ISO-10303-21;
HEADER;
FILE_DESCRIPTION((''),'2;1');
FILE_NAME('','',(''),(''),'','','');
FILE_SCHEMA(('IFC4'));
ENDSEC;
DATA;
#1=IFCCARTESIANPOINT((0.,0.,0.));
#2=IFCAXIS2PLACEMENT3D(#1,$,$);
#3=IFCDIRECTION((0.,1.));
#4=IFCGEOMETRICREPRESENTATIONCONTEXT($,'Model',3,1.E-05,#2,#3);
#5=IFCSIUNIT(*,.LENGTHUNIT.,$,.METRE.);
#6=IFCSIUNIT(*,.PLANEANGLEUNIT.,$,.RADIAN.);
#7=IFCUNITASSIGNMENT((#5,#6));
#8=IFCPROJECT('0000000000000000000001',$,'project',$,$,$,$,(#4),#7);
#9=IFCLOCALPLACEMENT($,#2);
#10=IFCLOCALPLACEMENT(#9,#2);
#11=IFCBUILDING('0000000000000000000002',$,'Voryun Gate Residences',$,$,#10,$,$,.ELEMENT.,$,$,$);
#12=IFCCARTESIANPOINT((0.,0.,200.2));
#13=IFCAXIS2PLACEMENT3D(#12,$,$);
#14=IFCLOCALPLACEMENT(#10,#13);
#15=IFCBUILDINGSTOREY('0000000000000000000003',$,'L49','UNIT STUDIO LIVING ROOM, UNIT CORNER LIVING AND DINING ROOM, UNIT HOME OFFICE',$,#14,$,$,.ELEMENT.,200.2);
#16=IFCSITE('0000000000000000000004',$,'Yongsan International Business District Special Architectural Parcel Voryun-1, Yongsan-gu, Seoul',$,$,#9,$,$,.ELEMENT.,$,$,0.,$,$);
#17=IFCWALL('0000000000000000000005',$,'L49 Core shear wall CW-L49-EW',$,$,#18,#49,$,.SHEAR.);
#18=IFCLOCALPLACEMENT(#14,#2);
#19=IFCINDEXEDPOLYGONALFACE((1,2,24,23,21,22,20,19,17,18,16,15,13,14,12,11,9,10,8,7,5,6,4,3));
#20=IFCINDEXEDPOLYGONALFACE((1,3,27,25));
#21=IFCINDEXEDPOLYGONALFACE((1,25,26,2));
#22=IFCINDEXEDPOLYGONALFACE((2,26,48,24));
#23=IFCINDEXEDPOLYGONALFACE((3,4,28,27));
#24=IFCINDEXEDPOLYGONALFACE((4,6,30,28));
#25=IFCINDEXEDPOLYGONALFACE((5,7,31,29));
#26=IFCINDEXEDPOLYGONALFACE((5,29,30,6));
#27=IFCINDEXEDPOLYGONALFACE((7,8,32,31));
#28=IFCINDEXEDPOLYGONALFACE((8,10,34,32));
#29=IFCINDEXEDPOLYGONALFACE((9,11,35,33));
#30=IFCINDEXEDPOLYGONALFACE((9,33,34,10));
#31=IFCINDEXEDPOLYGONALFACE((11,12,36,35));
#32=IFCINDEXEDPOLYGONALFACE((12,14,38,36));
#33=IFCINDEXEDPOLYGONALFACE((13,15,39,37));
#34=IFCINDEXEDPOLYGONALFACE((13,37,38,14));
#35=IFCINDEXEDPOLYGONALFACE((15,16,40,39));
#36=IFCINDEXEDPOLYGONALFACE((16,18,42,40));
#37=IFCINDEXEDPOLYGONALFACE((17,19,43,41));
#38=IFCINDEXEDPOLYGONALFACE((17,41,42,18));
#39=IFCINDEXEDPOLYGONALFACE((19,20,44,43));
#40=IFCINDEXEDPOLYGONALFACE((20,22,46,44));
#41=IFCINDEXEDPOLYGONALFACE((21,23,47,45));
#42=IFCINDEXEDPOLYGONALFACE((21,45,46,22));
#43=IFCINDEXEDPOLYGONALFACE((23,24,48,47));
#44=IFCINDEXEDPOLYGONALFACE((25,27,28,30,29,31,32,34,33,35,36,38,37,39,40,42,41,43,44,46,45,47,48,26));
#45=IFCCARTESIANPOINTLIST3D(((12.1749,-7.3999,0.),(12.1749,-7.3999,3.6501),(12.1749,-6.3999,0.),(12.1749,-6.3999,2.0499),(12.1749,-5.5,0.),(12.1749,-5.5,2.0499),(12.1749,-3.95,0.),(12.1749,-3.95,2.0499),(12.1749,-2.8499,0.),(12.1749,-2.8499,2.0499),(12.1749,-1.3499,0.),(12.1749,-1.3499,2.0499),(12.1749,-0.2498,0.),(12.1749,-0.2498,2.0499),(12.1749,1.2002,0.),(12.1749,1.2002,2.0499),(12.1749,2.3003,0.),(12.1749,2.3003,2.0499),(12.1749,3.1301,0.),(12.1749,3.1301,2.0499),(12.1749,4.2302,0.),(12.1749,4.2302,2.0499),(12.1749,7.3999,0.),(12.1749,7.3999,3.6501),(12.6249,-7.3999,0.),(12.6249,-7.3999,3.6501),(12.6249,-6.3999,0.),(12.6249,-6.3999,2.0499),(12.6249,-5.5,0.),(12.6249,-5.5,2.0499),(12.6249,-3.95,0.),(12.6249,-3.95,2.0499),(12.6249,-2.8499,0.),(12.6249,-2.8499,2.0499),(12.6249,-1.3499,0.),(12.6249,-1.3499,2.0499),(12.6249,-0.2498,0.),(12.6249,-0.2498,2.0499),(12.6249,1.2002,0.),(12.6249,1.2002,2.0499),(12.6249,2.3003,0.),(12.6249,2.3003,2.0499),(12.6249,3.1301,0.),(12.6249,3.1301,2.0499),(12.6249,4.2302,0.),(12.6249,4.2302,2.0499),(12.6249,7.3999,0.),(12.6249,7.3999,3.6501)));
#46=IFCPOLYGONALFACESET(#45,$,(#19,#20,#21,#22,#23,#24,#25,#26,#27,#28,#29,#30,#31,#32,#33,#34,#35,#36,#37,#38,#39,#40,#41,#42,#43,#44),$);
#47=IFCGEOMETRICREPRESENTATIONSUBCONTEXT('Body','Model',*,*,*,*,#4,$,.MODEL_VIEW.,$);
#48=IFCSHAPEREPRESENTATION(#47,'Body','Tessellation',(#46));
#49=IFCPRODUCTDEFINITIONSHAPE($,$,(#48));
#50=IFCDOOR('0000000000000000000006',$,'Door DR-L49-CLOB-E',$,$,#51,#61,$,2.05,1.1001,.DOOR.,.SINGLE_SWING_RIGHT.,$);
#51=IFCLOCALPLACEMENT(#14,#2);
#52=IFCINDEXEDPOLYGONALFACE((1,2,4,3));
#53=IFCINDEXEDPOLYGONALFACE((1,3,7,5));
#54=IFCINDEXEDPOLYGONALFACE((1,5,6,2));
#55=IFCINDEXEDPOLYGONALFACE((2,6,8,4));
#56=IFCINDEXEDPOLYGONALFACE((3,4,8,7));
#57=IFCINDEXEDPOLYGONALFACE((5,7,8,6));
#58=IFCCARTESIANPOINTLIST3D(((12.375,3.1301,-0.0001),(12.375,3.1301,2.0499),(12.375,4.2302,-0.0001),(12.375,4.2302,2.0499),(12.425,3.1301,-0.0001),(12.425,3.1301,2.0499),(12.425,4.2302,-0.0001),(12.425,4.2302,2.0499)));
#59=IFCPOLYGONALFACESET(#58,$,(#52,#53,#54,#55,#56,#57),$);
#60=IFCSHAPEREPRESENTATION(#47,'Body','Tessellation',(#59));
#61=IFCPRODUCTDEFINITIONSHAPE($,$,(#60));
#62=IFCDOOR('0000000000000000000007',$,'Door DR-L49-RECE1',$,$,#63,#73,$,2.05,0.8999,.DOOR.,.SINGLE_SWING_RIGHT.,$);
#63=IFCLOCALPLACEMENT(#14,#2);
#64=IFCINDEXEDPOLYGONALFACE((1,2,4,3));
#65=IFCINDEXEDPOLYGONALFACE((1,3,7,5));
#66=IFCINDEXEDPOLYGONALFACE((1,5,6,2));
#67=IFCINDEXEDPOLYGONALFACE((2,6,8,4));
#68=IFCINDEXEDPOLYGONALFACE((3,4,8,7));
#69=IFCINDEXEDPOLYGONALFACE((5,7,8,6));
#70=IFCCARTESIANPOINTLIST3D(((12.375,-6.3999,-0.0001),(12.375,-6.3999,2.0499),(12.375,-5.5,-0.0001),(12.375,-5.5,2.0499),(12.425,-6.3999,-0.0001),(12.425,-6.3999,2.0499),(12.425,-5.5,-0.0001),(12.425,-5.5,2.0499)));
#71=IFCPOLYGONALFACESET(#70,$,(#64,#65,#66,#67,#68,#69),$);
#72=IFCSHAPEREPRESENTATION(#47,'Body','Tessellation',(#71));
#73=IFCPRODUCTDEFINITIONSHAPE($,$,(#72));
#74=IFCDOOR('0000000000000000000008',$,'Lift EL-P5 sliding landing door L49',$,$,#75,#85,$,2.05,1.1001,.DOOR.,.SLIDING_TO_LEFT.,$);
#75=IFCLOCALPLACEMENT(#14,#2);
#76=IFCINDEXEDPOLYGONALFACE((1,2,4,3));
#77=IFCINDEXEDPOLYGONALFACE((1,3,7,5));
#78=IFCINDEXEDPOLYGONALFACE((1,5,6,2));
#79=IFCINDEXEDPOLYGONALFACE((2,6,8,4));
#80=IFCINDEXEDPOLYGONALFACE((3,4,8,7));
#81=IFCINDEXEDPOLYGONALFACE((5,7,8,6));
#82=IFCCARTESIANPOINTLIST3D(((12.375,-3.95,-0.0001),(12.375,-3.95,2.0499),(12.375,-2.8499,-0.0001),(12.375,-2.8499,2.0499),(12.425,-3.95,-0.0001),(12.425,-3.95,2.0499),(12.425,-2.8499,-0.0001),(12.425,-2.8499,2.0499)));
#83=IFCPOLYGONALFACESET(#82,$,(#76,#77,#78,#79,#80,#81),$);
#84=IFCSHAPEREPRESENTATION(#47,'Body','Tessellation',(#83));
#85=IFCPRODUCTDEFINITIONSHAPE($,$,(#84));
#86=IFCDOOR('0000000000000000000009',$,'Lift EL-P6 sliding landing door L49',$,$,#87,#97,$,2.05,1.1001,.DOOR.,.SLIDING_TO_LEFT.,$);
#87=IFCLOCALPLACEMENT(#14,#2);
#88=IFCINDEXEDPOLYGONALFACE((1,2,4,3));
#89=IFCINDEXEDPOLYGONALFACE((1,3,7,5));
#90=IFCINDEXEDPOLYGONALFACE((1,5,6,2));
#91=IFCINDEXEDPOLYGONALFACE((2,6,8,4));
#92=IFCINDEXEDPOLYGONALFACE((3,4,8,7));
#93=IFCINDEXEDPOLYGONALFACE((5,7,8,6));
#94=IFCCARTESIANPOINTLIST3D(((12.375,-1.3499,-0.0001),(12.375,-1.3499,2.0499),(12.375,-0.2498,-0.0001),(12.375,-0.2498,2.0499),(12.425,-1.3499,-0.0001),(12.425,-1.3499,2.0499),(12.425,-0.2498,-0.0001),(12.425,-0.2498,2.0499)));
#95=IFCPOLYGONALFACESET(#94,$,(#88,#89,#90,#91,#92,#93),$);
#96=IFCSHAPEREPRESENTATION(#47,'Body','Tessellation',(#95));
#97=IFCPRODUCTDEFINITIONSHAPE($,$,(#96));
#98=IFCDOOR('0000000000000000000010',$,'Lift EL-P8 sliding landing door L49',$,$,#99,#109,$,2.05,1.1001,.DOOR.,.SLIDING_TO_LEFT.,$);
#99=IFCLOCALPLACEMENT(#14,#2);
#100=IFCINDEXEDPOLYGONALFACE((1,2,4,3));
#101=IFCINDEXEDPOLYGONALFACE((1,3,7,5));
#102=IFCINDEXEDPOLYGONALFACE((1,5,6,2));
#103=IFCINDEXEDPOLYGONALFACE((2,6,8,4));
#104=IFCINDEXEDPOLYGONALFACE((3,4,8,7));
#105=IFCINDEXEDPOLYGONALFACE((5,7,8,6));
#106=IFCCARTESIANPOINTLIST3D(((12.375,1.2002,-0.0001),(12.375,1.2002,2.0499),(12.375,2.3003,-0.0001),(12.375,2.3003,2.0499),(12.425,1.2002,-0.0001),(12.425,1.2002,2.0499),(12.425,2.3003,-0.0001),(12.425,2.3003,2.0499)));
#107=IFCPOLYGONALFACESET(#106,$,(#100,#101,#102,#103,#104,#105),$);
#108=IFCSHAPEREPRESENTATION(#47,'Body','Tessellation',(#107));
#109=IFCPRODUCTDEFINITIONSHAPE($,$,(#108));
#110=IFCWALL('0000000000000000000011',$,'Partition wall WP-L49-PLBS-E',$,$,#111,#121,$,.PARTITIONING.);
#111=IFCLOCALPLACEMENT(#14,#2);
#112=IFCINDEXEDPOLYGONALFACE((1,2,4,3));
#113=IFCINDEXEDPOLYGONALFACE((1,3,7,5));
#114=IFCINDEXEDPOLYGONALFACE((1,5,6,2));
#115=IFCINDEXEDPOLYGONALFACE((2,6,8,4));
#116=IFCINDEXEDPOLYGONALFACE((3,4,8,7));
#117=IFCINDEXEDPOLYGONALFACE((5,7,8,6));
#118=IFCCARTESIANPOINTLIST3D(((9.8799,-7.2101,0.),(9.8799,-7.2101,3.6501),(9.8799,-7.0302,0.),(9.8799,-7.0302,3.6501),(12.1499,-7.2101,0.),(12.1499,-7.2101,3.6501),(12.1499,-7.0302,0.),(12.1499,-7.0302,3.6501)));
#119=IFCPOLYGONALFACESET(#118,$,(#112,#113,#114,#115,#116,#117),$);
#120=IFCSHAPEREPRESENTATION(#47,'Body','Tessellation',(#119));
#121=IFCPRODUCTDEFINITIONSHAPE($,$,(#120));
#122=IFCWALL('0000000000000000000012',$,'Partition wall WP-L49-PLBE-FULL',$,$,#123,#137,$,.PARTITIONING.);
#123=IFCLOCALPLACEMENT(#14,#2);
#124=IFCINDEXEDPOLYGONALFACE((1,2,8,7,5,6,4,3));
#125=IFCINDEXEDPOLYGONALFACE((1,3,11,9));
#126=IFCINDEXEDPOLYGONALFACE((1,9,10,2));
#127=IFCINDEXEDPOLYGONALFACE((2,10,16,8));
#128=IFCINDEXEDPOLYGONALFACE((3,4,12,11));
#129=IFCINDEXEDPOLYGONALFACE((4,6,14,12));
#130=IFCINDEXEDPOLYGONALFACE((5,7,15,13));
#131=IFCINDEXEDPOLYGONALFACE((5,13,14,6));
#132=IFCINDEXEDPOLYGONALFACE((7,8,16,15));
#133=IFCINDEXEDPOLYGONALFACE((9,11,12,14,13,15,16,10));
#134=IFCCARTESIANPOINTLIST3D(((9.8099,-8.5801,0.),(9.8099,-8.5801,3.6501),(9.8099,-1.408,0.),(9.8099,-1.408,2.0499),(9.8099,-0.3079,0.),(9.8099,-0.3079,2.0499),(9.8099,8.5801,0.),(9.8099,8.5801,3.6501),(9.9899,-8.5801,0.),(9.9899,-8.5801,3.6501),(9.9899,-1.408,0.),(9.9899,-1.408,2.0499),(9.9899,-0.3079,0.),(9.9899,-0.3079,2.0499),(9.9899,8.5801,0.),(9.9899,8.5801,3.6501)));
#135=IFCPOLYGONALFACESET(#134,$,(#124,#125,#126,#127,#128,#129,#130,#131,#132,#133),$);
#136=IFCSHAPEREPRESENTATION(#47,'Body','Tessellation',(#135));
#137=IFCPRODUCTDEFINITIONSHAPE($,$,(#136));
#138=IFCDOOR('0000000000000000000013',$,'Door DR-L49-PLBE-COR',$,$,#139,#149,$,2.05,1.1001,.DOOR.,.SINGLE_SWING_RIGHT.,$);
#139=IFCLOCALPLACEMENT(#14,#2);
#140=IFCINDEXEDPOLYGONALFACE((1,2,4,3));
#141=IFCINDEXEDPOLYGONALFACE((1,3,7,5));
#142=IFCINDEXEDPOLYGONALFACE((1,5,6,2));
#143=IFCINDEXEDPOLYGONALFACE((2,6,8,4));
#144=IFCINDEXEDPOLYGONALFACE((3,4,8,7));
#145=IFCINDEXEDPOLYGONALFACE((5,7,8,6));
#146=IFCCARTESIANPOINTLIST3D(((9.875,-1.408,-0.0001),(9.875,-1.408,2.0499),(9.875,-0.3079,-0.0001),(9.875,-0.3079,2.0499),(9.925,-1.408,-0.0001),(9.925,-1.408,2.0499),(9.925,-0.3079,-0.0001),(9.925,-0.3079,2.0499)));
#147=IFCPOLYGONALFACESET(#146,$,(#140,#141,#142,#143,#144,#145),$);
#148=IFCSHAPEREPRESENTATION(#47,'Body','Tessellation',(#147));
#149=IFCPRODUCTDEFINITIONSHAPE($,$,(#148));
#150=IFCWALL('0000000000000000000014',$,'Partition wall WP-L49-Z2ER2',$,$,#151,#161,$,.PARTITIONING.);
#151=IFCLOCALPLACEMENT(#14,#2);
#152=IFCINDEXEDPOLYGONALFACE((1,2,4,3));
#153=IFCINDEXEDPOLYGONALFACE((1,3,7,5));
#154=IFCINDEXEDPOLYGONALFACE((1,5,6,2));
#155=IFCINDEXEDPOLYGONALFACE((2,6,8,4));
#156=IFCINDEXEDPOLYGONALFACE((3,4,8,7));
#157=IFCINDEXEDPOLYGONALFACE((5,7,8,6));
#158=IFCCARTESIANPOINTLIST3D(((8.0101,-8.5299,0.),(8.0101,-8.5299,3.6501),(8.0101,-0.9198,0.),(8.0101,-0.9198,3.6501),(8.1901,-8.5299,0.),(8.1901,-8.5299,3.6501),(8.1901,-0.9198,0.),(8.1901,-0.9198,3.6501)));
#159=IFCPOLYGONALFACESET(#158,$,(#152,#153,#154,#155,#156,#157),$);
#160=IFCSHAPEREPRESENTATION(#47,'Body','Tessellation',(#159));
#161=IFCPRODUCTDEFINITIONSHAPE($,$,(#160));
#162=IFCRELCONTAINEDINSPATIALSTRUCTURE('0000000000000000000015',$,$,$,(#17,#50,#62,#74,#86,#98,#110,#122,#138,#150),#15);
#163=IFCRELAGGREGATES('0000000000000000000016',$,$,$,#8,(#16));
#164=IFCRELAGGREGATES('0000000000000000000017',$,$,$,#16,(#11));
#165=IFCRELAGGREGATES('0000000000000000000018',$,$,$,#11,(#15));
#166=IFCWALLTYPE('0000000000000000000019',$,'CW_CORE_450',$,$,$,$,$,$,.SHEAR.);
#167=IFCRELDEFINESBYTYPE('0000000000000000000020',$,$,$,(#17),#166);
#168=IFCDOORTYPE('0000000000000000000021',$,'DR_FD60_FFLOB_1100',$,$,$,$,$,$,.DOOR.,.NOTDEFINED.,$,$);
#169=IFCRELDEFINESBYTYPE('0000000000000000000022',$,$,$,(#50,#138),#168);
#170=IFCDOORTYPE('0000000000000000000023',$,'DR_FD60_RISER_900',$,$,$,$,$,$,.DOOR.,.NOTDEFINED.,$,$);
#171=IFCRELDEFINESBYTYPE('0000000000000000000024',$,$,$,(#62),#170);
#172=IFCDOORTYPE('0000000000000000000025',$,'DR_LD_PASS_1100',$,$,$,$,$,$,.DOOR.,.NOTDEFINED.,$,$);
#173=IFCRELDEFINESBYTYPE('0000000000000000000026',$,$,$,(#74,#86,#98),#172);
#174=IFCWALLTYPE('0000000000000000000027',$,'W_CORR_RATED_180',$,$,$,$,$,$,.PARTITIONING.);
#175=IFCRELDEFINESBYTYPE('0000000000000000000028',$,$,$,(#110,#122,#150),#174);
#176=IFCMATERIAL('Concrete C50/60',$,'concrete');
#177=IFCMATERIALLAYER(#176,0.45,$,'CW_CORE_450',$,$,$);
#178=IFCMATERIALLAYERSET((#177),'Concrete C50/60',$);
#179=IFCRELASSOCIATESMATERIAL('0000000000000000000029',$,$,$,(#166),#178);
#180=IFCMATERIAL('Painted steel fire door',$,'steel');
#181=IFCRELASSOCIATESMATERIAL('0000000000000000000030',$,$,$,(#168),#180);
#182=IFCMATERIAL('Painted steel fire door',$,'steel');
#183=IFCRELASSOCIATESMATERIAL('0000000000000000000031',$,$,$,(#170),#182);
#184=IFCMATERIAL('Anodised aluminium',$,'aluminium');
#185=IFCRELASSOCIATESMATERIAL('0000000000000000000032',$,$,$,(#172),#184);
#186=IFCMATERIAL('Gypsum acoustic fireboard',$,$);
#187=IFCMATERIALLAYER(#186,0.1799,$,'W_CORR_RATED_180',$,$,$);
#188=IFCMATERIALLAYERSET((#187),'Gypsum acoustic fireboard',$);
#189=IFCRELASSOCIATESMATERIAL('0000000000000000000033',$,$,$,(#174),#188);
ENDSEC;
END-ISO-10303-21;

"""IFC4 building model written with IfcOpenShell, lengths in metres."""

from ifc_helpers import new_model, si_unit, direction, frame, frame_2d, origin, place, context, subcontext, project, spatial, rectangle, extrude, material, layer, layer_set, type_object, element, fill, save


model = new_model("IFC4")

# Units and contexts
model_context = context("Model", 3, precision=1e-05, world=origin(), true_north=direction((0.0, 1.0)))
body_context = subcontext(model_context, "Body", "Model", "MODEL_VIEW")
ifc_project = project(units=[si_unit("LENGTHUNIT", "METRE"), si_unit("PLANEANGLEUNIT", "RADIAN")], contexts=[model_context])

# Site, building, storey
site_placement = place(None, origin())
site = spatial("IfcSite", under=ifc_project, at=site_placement, Name="Yongsan International Business District Special Architectural Parcel Voryun-1, Yongsan-gu, Seoul", CompositionType="ELEMENT", RefElevation=0.0)
building_placement = place(site_placement, origin())
building = spatial("IfcBuilding", under=site, at=building_placement, Name="Voryun Gate Residences", CompositionType="ELEMENT")
storey_placement = place(building_placement, frame((0.0, 0.0, 200.2)))
storey = spatial("IfcBuildingStorey", under=building, at=storey_placement, Name="L49", Description="UNIT STUDIO LIVING ROOM, UNIT CORNER LIVING AND DINING ROOM, UNIT HOME OFFICE", CompositionType="ELEMENT", Elevation=200.2)

# Shared definitions
ifc_material_1 = material(Name="Concrete C50/60", Category="concrete")
ifc_layer_1 = layer(ifc_material_1, 0.45, Name="CW_CORE_450")
ifc_layer_set_1 = layer_set([ifc_layer_1], Name="Concrete C50/60")
wall_type_1 = type_object("IfcWallType", Name="CW_CORE_450", PredefinedType="SHEAR", material=ifc_layer_set_1)

# Wall, openings, doors
wall_1_placement = place(storey_placement, frame((12.3999, -7.3999, 0.0), z_axis=(0.0, 0.0, 1.0), x_axis=(0.0, 1.0, 0.0)))
wall_1 = element("IfcWall", 1, at=wall_1_placement, inside=storey, type_object=wall_type_1, Name="L49 Core shear wall CW-L49-EW", PredefinedType="SHEAR", context=body_context, shape_type="SweptSolid", body=[
    extrude(rectangle(XDim=14.7998, YDim=0.45, at=frame_2d((7.3999, 0.0))), origin(), (0.0, 0.0, 1.0), 3.6501),
])
opening_1_placement = place(wall_1_placement, frame((3.45, 0.0, 0.0)))
opening_1 = element("IfcOpeningElement", 2, at=opening_1_placement, cuts=wall_1, PredefinedType="OPENING", context=body_context, shape_type="SweptSolid", body=[
    extrude(rectangle(XDim=1.1001, YDim=2.05, at=frame_2d((0.55, 1.0249))), frame((0.0, 0.2351, 0.0), z_axis=(0.0, -1.0, 0.0), x_axis=(1.0, 0.0, 0.0)), (0.0, 0.0, 1.0), 0.47),
])
opening_2_placement = place(wall_1_placement, frame((6.05, 0.0, 0.0)))
opening_2 = element("IfcOpeningElement", 3, at=opening_2_placement, cuts=wall_1, PredefinedType="OPENING", context=body_context, shape_type="SweptSolid", body=[
    extrude(rectangle(XDim=1.1001, YDim=2.05, at=frame_2d((0.55, 1.0249))), frame((0.0, 0.2351, 0.0), z_axis=(0.0, -1.0, 0.0), x_axis=(1.0, 0.0, 0.0)), (0.0, 0.0, 1.0), 0.47),
])
opening_3_placement = place(wall_1_placement, frame((8.6001, 0.0, 0.0)))
opening_3 = element("IfcOpeningElement", 4, at=opening_3_placement, cuts=wall_1, PredefinedType="OPENING", context=body_context, shape_type="SweptSolid", body=[
    extrude(rectangle(XDim=1.1001, YDim=2.05, at=frame_2d((0.55, 1.0249))), frame((0.0, 0.2351, 0.0), z_axis=(0.0, -1.0, 0.0), x_axis=(1.0, 0.0, 0.0)), (0.0, 0.0, 1.0), 0.47),
])
opening_4_placement = place(wall_1_placement, frame((10.53, 0.0, 0.0)))
opening_4 = element("IfcOpeningElement", 5, at=opening_4_placement, cuts=wall_1, PredefinedType="OPENING", context=body_context, shape_type="SweptSolid", body=[
    extrude(rectangle(XDim=1.1001, YDim=2.05, at=frame_2d((0.55, 1.0249))), frame((0.0, 0.2351, 0.0), z_axis=(0.0, -1.0, 0.0), x_axis=(1.0, 0.0, 0.0)), (0.0, 0.0, 1.0), 0.47),
])
opening_5_placement = place(wall_1_placement, frame((1.0, 0.0, 0.0)))
opening_5 = element("IfcOpeningElement", 6, at=opening_5_placement, cuts=wall_1, PredefinedType="OPENING", context=body_context, shape_type="SweptSolid", body=[
    extrude(rectangle(XDim=0.8999, YDim=2.05, at=frame_2d((0.45, 1.0249))), frame((0.0, 0.2351, 0.0), z_axis=(0.0, -1.0, 0.0), x_axis=(1.0, 0.0, 0.0)), (0.0, 0.0, 1.0), 0.47),
])
ifc_material_2 = material(Name="Painted steel fire door", Category="steel")
door_type_1 = type_object("IfcDoorType", Name="DR_FD60_FFLOB_1100", OperationType="NOTDEFINED", PredefinedType="DOOR", material=ifc_material_2)
door_1_placement = place(opening_4_placement, origin())
door_1 = element("IfcDoor", 7, at=door_1_placement, inside=storey, type_object=door_type_1, Name="Door DR-L49-CLOB-E", OperationType="SINGLE_SWING_RIGHT", OverallHeight=2.05, OverallWidth=1.1001, PredefinedType="DOOR", context=body_context, shape_type="SweptSolid", body=[
    extrude(rectangle(XDim=1.1001, YDim=2.05, at=frame_2d((0.55, 1.0249))), frame((0.0, 0.0249, 0.0), z_axis=(0.0, -1.0, 0.0), x_axis=(1.0, 0.0, 0.0)), (0.0, 0.0, 1.0), 0.05),
])
fill(opening_4, door_1)
ifc_material_3 = material(Name="Painted steel fire door", Category="steel")
door_type_2 = type_object("IfcDoorType", Name="DR_FD60_RISER_900", OperationType="NOTDEFINED", PredefinedType="DOOR", material=ifc_material_3)
door_2_placement = place(opening_5_placement, origin())
door_2 = element("IfcDoor", 8, at=door_2_placement, inside=storey, type_object=door_type_2, Name="Door DR-L49-RECE1", OperationType="SINGLE_SWING_RIGHT", OverallHeight=2.05, OverallWidth=0.8999, PredefinedType="DOOR", context=body_context, shape_type="SweptSolid", body=[
    extrude(rectangle(XDim=0.8999, YDim=2.05, at=frame_2d((0.45, 1.0249))), frame((0.0, 0.0249, 0.0), z_axis=(0.0, -1.0, 0.0), x_axis=(1.0, 0.0, 0.0)), (0.0, 0.0, 1.0), 0.05),
])
fill(opening_5, door_2)
ifc_material_4 = material(Name="Anodised aluminium", Category="aluminium")
door_type_3 = type_object("IfcDoorType", Name="DR_LD_PASS_1100", OperationType="NOTDEFINED", PredefinedType="DOOR", material=ifc_material_4)
door_3_placement = place(opening_1_placement, origin())
door_3 = element("IfcDoor", 9, at=door_3_placement, inside=storey, type_object=door_type_3, Name="Lift EL-P5 sliding landing door L49", OperationType="SLIDING_TO_LEFT", OverallHeight=2.05, OverallWidth=1.1001, PredefinedType="DOOR", context=body_context, shape_type="SweptSolid", body=[
    extrude(rectangle(XDim=1.1001, YDim=2.05, at=frame_2d((0.55, 1.0249))), frame((0.0, 0.0249, 0.0), z_axis=(0.0, -1.0, 0.0), x_axis=(1.0, 0.0, 0.0)), (0.0, 0.0, 1.0), 0.05),
])
fill(opening_1, door_3)
door_4_placement = place(opening_2_placement, origin())
door_4 = element("IfcDoor", 10, at=door_4_placement, inside=storey, type_object=door_type_3, Name="Lift EL-P6 sliding landing door L49", OperationType="SLIDING_TO_LEFT", OverallHeight=2.05, OverallWidth=1.1001, PredefinedType="DOOR", context=body_context, shape_type="SweptSolid", body=[
    extrude(rectangle(XDim=1.1001, YDim=2.05, at=frame_2d((0.55, 1.0249))), frame((0.0, 0.0249, 0.0), z_axis=(0.0, -1.0, 0.0), x_axis=(1.0, 0.0, 0.0)), (0.0, 0.0, 1.0), 0.05),
])
fill(opening_2, door_4)
door_5_placement = place(opening_3_placement, origin())
door_5 = element("IfcDoor", 11, at=door_5_placement, inside=storey, type_object=door_type_3, Name="Lift EL-P8 sliding landing door L49", OperationType="SLIDING_TO_LEFT", OverallHeight=2.05, OverallWidth=1.1001, PredefinedType="DOOR", context=body_context, shape_type="SweptSolid", body=[
    extrude(rectangle(XDim=1.1001, YDim=2.05, at=frame_2d((0.55, 1.0249))), frame((0.0, 0.0249, 0.0), z_axis=(0.0, -1.0, 0.0), x_axis=(1.0, 0.0, 0.0)), (0.0, 0.0, 1.0), 0.05),
])
fill(opening_3, door_5)

# Wall
ifc_material_5 = material(Name="Gypsum acoustic fireboard")
ifc_layer_2 = layer(ifc_material_5, 0.1799, Name="W_CORR_RATED_180")
ifc_layer_set_2 = layer_set([ifc_layer_2], Name="Gypsum acoustic fireboard")
wall_type_2 = type_object("IfcWallType", Name="W_CORR_RATED_180", PredefinedType="PARTITIONING", material=ifc_layer_set_2)
wall_2_placement = place(storey_placement, frame((9.8799, -7.1201, 0.0), z_axis=(0.0, 0.0, 1.0), x_axis=(1.0, 0.0, 0.0)))
element("IfcWall", 12, at=wall_2_placement, inside=storey, type_object=wall_type_2, Name="Partition wall WP-L49-PLBS-E", PredefinedType="PARTITIONING", context=body_context, shape_type="SweptSolid", body=[
    extrude(rectangle(XDim=2.27, YDim=0.1799, at=frame_2d((1.135, 0.0))), origin(), (0.0, 0.0, 1.0), 3.6501),
])

# Wall, opening, door
wall_3_placement = place(storey_placement, frame((9.8999, -8.5801, 0.0), z_axis=(0.0, 0.0, 1.0), x_axis=(0.0, 1.0, 0.0)))
wall_3 = element("IfcWall", 13, at=wall_3_placement, inside=storey, type_object=wall_type_2, Name="Partition wall WP-L49-PLBE-FULL", PredefinedType="PARTITIONING", context=body_context, shape_type="SweptSolid", body=[
    extrude(rectangle(XDim=17.1602, YDim=0.1799, at=frame_2d((8.5801, 0.0))), origin(), (0.0, 0.0, 1.0), 3.6501),
])
opening_6_placement = place(wall_3_placement, frame((7.1721, 0.0, 0.0)))
opening_6 = element("IfcOpeningElement", 14, at=opening_6_placement, cuts=wall_3, PredefinedType="OPENING", context=body_context, shape_type="SweptSolid", body=[
    extrude(rectangle(XDim=1.1001, YDim=2.05, at=frame_2d((0.55, 1.0249))), frame((0.0, 0.0999, 0.0), z_axis=(0.0, -1.0, 0.0), x_axis=(1.0, 0.0, 0.0)), (0.0, 0.0, 1.0), 0.2),
])
door_6_placement = place(opening_6_placement, origin())
door_6 = element("IfcDoor", 15, at=door_6_placement, inside=storey, type_object=door_type_1, Name="Door DR-L49-PLBE-COR", OperationType="SINGLE_SWING_RIGHT", OverallHeight=2.05, OverallWidth=1.1001, PredefinedType="DOOR", context=body_context, shape_type="SweptSolid", body=[
    extrude(rectangle(XDim=1.1001, YDim=2.05, at=frame_2d((0.55, 1.0249))), frame((0.0, 0.0249, 0.0), z_axis=(0.0, -1.0, 0.0), x_axis=(1.0, 0.0, 0.0)), (0.0, 0.0, 1.0), 0.05),
])
fill(opening_6, door_6)

# Wall
wall_4_placement = place(storey_placement, frame((8.1001, -8.53, 0.0), z_axis=(0.0, 0.0, 1.0), x_axis=(0.0, 1.0, 0.0)))
element("IfcWall", 16, at=wall_4_placement, inside=storey, type_object=wall_type_2, Name="Partition wall WP-L49-Z2ER2", PredefinedType="PARTITIONING", context=body_context, shape_type="SweptSolid", body=[
    extrude(rectangle(XDim=7.6101, YDim=0.1799, at=frame_2d((3.8052, 0.0))), origin(), (0.0, 0.0, 1.0), 3.6501),
])

save(model, "model.ifc")
